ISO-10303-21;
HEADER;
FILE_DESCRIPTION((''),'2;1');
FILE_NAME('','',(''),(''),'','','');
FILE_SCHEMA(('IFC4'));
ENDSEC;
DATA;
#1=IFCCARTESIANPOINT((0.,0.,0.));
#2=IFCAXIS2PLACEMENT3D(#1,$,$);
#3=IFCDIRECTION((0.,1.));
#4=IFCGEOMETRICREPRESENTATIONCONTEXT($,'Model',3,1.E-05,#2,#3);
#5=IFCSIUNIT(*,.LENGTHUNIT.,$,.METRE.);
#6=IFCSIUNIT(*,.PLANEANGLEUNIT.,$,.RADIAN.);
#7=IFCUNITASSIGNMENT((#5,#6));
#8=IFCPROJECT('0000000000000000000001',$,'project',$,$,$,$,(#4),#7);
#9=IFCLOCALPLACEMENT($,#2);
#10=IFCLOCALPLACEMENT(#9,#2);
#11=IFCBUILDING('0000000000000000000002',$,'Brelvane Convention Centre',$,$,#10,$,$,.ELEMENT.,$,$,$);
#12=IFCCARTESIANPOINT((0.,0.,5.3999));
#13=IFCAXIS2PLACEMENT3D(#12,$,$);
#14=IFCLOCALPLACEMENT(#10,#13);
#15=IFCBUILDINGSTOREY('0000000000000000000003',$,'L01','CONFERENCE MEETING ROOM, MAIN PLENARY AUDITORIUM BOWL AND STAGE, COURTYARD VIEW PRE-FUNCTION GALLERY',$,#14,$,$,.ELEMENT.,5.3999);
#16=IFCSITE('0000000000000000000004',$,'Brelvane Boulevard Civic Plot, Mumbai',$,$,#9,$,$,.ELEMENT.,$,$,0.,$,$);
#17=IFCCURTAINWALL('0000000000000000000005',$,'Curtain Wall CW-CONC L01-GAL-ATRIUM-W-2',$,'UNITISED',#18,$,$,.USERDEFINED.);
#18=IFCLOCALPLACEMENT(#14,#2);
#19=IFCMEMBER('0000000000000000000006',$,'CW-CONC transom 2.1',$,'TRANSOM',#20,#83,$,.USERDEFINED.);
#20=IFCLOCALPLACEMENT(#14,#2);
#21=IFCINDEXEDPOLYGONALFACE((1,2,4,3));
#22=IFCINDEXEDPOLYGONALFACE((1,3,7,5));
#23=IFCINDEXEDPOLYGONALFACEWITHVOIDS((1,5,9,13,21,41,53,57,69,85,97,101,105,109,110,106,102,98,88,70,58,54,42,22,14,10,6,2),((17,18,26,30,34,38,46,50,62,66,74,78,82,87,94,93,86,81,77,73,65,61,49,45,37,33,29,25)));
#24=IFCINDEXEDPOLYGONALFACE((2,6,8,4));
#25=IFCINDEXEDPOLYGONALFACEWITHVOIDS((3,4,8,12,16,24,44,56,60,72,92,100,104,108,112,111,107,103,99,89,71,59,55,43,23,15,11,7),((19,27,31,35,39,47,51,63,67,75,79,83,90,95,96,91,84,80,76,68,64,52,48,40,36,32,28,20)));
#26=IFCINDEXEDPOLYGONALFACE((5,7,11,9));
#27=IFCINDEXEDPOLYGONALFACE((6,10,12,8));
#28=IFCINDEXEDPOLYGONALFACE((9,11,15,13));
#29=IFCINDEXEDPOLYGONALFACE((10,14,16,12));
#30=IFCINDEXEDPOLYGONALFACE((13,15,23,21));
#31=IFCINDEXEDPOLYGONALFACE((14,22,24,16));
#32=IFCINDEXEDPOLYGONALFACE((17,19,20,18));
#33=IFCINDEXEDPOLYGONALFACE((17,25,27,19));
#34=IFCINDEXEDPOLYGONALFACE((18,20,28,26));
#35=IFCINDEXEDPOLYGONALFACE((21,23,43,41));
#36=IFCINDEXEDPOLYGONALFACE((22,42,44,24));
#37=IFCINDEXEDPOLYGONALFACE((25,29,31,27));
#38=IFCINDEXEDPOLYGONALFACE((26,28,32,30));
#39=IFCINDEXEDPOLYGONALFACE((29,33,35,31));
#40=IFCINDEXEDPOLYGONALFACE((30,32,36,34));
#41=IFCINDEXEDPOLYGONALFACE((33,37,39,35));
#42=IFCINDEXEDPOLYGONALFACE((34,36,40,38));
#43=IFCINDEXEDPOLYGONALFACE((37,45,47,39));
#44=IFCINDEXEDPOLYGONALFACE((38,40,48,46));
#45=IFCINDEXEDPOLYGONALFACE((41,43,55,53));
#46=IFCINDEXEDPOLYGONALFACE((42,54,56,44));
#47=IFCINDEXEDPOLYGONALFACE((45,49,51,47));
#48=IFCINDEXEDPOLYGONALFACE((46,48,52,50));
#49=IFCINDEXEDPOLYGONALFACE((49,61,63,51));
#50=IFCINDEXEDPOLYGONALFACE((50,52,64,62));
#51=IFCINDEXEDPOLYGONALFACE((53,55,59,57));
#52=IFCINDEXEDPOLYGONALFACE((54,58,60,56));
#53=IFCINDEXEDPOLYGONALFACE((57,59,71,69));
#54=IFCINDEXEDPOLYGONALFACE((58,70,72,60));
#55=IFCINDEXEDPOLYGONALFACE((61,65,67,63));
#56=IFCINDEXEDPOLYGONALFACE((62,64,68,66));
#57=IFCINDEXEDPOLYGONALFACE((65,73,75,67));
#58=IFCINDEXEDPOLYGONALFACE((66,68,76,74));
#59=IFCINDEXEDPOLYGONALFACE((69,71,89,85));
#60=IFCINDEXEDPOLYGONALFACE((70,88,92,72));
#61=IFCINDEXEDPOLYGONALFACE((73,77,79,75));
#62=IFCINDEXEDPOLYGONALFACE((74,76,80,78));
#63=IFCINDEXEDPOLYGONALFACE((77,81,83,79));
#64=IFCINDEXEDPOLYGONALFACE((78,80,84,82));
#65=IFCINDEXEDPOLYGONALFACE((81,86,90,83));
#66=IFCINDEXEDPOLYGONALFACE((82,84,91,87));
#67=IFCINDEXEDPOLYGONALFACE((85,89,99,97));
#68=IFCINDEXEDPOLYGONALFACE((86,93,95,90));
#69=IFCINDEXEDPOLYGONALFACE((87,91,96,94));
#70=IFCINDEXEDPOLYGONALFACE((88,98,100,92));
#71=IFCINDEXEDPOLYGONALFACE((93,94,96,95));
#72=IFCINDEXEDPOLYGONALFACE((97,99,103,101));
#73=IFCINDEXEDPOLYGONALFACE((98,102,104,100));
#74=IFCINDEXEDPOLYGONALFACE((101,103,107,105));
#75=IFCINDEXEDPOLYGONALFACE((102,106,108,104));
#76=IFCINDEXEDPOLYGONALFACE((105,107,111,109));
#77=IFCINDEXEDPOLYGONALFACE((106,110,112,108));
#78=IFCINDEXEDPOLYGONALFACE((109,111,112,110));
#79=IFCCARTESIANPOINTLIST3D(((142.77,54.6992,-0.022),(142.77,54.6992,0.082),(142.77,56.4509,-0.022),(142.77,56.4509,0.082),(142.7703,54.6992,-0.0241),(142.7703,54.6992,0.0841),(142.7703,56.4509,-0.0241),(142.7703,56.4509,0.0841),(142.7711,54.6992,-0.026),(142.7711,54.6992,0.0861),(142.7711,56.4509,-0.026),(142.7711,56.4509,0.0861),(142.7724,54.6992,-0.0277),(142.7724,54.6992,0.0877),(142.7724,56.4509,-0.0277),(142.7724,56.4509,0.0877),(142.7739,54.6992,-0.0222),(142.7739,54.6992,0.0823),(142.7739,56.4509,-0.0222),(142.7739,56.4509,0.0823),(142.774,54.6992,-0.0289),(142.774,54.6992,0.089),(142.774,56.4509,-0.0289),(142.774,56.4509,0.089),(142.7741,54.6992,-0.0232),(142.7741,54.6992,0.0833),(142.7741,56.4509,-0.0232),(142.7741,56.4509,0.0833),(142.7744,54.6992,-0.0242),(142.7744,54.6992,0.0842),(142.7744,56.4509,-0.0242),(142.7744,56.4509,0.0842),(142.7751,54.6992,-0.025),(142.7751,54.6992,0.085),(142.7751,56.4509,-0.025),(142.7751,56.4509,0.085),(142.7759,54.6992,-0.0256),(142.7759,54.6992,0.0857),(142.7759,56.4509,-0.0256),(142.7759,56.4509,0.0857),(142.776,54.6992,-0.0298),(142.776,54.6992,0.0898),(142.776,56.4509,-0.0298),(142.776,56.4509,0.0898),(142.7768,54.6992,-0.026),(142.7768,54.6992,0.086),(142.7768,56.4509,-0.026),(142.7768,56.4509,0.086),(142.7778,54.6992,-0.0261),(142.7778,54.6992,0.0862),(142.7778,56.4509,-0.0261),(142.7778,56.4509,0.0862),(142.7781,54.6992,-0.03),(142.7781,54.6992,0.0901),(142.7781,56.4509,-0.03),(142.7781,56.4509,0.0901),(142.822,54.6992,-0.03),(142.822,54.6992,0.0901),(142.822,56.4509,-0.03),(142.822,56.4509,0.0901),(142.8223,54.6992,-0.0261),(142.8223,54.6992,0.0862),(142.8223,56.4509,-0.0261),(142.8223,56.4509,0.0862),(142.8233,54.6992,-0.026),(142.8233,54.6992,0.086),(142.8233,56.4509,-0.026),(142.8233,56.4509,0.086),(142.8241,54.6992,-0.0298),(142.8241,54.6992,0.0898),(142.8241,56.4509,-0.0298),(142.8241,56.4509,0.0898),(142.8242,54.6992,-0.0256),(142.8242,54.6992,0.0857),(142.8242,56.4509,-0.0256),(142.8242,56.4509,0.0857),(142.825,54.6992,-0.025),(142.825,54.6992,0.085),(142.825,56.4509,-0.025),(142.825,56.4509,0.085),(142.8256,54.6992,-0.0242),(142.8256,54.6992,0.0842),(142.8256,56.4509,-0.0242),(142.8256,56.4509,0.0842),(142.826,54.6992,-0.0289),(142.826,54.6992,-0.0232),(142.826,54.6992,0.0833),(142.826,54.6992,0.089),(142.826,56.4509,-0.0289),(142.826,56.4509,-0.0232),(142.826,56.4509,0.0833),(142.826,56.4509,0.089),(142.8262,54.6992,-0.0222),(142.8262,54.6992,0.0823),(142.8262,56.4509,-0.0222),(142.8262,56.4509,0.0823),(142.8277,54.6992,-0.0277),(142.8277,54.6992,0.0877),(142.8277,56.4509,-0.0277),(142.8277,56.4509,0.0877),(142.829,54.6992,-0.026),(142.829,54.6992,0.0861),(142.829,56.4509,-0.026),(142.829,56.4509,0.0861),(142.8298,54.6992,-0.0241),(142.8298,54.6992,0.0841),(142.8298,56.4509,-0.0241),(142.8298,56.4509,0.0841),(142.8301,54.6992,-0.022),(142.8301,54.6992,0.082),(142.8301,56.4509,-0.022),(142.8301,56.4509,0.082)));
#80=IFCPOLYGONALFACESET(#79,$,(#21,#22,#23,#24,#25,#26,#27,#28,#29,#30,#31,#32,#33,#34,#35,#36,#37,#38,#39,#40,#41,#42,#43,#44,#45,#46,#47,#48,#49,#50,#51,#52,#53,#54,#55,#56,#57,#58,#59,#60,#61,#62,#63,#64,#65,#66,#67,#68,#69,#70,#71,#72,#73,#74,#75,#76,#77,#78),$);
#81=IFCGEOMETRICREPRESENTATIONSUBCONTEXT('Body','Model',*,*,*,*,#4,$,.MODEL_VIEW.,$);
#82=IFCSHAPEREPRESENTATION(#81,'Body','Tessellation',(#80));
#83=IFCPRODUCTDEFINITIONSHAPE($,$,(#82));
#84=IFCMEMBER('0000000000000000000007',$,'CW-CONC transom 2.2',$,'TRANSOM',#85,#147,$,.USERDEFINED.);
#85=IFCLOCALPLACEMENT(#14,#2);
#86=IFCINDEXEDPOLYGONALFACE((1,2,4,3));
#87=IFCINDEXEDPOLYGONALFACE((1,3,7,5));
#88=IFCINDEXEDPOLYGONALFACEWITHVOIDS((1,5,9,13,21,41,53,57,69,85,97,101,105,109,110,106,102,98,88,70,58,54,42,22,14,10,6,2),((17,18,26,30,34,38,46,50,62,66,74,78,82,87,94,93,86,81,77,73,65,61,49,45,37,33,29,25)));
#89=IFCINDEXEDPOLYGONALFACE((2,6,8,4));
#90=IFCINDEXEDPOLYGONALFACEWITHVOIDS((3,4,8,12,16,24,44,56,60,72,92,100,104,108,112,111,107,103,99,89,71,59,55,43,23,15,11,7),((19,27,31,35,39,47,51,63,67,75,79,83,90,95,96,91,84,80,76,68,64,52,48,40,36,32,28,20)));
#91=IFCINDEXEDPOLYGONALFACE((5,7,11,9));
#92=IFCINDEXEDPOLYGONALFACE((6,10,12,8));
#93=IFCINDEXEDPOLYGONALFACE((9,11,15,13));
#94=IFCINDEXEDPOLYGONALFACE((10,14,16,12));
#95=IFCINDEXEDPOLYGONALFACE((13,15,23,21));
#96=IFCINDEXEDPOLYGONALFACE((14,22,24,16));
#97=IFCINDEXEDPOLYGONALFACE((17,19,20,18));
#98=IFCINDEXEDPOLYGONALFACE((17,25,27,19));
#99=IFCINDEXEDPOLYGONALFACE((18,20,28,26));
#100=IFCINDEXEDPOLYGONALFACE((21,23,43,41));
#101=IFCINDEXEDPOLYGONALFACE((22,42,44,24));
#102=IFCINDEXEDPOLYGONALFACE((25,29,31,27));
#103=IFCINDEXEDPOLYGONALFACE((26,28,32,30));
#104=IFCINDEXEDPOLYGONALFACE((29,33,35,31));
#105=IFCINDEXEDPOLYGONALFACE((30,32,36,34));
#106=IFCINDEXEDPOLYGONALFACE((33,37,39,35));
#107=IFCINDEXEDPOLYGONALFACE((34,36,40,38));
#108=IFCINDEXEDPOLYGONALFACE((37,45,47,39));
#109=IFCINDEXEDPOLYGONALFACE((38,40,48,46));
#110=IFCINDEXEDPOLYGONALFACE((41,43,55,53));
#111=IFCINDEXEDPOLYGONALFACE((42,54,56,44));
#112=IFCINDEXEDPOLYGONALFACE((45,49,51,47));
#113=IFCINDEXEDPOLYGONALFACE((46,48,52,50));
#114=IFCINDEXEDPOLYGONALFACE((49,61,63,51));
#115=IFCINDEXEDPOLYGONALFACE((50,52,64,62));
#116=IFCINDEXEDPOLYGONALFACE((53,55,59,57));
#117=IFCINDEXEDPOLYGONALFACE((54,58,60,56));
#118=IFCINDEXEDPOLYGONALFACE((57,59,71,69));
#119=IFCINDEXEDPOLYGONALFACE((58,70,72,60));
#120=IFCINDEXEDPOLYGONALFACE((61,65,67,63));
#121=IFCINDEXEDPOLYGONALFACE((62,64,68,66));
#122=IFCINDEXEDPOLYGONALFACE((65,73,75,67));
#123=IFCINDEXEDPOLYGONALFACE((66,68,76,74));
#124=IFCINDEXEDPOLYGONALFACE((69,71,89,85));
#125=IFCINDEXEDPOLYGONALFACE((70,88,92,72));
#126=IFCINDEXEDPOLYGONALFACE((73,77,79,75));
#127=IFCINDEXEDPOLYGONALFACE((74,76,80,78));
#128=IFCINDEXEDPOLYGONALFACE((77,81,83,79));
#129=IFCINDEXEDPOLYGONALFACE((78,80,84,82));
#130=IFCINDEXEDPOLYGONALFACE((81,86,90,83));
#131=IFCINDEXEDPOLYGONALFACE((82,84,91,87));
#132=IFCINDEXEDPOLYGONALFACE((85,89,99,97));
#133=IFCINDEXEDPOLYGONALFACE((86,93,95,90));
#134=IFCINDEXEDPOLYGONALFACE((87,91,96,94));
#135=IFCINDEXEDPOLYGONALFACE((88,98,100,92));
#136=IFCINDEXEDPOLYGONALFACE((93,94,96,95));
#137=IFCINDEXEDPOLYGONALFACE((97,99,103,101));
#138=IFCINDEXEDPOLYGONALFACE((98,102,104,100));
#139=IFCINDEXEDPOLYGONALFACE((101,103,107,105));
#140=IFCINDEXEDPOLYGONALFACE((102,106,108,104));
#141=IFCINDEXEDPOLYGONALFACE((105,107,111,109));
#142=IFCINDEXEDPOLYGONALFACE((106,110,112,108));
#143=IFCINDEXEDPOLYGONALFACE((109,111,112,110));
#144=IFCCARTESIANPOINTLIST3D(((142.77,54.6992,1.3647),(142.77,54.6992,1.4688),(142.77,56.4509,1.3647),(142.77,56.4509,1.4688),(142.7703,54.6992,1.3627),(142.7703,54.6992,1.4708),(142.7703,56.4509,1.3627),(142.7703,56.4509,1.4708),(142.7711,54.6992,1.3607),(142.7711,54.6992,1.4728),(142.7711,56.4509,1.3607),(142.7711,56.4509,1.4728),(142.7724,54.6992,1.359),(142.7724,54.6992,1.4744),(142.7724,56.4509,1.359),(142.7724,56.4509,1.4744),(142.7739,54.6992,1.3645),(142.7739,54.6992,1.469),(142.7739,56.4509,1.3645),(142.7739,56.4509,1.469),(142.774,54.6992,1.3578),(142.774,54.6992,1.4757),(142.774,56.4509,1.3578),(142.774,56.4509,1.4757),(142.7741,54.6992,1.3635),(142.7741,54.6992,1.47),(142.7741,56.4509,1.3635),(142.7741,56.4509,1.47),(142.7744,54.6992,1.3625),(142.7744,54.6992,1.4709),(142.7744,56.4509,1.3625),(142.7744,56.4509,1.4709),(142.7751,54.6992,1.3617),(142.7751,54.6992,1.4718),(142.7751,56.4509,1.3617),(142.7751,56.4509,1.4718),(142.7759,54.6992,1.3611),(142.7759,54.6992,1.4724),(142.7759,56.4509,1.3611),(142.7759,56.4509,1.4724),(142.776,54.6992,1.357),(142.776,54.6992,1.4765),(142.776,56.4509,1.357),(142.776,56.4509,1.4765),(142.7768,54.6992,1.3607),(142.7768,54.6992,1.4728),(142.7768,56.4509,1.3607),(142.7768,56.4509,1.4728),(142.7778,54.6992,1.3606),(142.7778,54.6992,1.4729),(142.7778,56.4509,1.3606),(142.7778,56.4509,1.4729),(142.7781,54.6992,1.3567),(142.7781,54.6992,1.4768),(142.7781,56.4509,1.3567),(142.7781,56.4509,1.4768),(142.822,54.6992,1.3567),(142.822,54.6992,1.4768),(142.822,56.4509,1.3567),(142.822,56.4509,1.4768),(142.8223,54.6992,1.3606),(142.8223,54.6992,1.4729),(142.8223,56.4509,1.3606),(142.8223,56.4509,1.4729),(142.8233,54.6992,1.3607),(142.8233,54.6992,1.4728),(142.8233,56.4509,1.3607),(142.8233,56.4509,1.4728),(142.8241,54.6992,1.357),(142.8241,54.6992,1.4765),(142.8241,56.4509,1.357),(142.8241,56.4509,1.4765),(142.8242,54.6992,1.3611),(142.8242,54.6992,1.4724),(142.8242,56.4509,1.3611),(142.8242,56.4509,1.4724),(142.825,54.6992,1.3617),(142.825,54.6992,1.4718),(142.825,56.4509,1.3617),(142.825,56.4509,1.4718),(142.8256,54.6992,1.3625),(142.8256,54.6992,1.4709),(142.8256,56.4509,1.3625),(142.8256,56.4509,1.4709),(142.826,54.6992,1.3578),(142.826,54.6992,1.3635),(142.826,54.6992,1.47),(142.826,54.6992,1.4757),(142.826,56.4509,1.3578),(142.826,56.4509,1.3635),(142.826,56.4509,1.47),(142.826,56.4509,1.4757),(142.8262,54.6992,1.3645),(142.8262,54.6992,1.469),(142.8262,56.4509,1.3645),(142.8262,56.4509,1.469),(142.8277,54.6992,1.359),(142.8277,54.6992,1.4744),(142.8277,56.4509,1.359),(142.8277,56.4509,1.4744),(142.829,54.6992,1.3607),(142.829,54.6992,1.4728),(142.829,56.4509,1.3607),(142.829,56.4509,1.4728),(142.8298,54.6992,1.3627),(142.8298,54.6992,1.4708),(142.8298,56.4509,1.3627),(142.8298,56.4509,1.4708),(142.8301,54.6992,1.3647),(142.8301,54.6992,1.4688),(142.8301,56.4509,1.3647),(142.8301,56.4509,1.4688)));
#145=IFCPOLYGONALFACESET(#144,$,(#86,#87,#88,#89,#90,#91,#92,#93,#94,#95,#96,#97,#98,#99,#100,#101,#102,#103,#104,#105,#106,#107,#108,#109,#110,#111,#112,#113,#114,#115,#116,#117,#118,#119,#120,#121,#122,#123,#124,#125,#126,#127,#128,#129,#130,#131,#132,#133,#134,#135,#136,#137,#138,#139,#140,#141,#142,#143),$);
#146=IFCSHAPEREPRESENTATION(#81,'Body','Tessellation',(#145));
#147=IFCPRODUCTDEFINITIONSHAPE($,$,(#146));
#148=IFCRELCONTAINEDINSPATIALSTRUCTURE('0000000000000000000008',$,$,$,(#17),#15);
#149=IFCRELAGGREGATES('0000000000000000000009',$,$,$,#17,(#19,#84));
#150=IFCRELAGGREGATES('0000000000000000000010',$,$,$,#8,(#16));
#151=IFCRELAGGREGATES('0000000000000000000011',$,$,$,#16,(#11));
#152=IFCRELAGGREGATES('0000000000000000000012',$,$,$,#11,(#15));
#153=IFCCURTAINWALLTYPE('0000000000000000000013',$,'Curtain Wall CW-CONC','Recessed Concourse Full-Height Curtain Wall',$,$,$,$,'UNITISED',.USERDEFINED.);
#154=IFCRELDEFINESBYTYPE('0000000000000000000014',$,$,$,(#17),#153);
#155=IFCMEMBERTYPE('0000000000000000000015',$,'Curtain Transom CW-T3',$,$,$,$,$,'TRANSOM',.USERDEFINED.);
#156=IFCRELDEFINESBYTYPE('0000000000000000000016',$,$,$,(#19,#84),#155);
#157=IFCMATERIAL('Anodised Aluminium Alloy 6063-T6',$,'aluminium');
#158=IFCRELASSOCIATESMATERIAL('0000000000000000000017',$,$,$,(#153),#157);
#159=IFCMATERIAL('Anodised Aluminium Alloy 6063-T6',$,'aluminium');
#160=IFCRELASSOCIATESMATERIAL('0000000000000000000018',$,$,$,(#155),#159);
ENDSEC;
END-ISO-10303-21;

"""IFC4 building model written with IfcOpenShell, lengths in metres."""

from ifc_helpers import new_model, si_unit, direction, frame, origin, origin_2d, place, context, subcontext, project, spatial, hollow_rectangle, extrude, material, material_profile, profile_set, type_object, element, aggregate, save


model = new_model("IFC4")

# Units and contexts
model_context = context("Model", 3, precision=1e-05, world=origin(), true_north=direction((0.0, 1.0)))
body_context = subcontext(model_context, "Body", "Model", "MODEL_VIEW")
ifc_project = project(units=[si_unit("LENGTHUNIT", "METRE"), si_unit("PLANEANGLEUNIT", "RADIAN")], contexts=[model_context])

# Site, building, storey
site_placement = place(None, origin())
site = spatial("IfcSite", under=ifc_project, at=site_placement, Name="Brelvane Boulevard Civic Plot, Mumbai", CompositionType="ELEMENT", RefElevation=0.0)
building_placement = place(site_placement, origin())
building = spatial("IfcBuilding", under=site, at=building_placement, Name="Brelvane Convention Centre", CompositionType="ELEMENT")
storey_placement = place(building_placement, frame((0.0, 0.0, 5.3999)))
storey = spatial("IfcBuildingStorey", under=building, at=storey_placement, Name="L01", Description="CONFERENCE MEETING ROOM, MAIN PLENARY AUDITORIUM BOWL AND STAGE, COURTYARD VIEW PRE-FUNCTION GALLERY", CompositionType="ELEMENT", Elevation=5.3999)

# Curtain wall, members
ifc_material_1 = material(Name="Anodised Aluminium Alloy 6063-T6", Category="aluminium")
curtain_wall_type = type_object("IfcCurtainWallType", Name="Curtain Wall CW-CONC", Description="Recessed Concourse Full-Height Curtain Wall", ElementType="UNITISED", PredefinedType="USERDEFINED", material=ifc_material_1)
curtain_wall_placement = place(storey_placement, origin())
curtain_wall = element("IfcCurtainWall", 1, at=curtain_wall_placement, inside=storey, type_object=curtain_wall_type, Name="Curtain Wall CW-CONC L01-GAL-ATRIUM-W-2", ObjectType="UNITISED", PredefinedType="USERDEFINED")
ifc_material_2 = material(Name="Anodised Aluminium Alloy 6063-T6", Category="aluminium")
ifc_material_profile_1 = material_profile(ifc_material_2, hollow_rectangle(XDim=0.0601, YDim=0.1201, WallThickness=0.0039, InnerFilletRadius=0.0039, OuterFilletRadius=0.0081, at=origin_2d()), Name="ALU-T 120x60x4.0")
ifc_profile_set_1 = profile_set([ifc_material_profile_1], Name="Anodised Aluminium Alloy 6063-T6")
member_type_1 = type_object("IfcMemberType", Name="Curtain Transom CW-T3", ElementType="TRANSOM", PredefinedType="USERDEFINED", material=ifc_profile_set_1)
member_1_placement = place(storey_placement, frame((142.8, 54.6992, 0.03), z_axis=(0.0, 1.0, 0.0), x_axis=(-1.0, 0.0, 0.0)))
member_1 = element("IfcMember", 2, at=member_1_placement, type_object=member_type_1, Name="CW-CONC transom 2.1", ObjectType="TRANSOM", PredefinedType="USERDEFINED", context=body_context, shape_type="SweptSolid", body=[
    extrude(hollow_rectangle(XDim=0.0601, YDim=0.1201, WallThickness=0.0039, InnerFilletRadius=0.0039, OuterFilletRadius=0.0081, at=origin_2d()), origin(), (0.0, 0.0, 1.0), 1.7517),
])
member_2_placement = place(storey_placement, frame((142.8, 54.6992, 1.4167), z_axis=(0.0, 1.0, 0.0), x_axis=(-1.0, 0.0, 0.0)))
member_2 = element("IfcMember", 3, at=member_2_placement, type_object=member_type_1, Name="CW-CONC transom 2.2", ObjectType="TRANSOM", PredefinedType="USERDEFINED", context=body_context, shape_type="SweptSolid", body=[
    extrude(hollow_rectangle(XDim=0.0601, YDim=0.1201, WallThickness=0.0039, InnerFilletRadius=0.0039, OuterFilletRadius=0.0081, at=origin_2d()), origin(), (0.0, 0.0, 1.0), 1.7517),
])

aggregate(curtain_wall, [member_1, member_2])

save(model, "model.ifc")
